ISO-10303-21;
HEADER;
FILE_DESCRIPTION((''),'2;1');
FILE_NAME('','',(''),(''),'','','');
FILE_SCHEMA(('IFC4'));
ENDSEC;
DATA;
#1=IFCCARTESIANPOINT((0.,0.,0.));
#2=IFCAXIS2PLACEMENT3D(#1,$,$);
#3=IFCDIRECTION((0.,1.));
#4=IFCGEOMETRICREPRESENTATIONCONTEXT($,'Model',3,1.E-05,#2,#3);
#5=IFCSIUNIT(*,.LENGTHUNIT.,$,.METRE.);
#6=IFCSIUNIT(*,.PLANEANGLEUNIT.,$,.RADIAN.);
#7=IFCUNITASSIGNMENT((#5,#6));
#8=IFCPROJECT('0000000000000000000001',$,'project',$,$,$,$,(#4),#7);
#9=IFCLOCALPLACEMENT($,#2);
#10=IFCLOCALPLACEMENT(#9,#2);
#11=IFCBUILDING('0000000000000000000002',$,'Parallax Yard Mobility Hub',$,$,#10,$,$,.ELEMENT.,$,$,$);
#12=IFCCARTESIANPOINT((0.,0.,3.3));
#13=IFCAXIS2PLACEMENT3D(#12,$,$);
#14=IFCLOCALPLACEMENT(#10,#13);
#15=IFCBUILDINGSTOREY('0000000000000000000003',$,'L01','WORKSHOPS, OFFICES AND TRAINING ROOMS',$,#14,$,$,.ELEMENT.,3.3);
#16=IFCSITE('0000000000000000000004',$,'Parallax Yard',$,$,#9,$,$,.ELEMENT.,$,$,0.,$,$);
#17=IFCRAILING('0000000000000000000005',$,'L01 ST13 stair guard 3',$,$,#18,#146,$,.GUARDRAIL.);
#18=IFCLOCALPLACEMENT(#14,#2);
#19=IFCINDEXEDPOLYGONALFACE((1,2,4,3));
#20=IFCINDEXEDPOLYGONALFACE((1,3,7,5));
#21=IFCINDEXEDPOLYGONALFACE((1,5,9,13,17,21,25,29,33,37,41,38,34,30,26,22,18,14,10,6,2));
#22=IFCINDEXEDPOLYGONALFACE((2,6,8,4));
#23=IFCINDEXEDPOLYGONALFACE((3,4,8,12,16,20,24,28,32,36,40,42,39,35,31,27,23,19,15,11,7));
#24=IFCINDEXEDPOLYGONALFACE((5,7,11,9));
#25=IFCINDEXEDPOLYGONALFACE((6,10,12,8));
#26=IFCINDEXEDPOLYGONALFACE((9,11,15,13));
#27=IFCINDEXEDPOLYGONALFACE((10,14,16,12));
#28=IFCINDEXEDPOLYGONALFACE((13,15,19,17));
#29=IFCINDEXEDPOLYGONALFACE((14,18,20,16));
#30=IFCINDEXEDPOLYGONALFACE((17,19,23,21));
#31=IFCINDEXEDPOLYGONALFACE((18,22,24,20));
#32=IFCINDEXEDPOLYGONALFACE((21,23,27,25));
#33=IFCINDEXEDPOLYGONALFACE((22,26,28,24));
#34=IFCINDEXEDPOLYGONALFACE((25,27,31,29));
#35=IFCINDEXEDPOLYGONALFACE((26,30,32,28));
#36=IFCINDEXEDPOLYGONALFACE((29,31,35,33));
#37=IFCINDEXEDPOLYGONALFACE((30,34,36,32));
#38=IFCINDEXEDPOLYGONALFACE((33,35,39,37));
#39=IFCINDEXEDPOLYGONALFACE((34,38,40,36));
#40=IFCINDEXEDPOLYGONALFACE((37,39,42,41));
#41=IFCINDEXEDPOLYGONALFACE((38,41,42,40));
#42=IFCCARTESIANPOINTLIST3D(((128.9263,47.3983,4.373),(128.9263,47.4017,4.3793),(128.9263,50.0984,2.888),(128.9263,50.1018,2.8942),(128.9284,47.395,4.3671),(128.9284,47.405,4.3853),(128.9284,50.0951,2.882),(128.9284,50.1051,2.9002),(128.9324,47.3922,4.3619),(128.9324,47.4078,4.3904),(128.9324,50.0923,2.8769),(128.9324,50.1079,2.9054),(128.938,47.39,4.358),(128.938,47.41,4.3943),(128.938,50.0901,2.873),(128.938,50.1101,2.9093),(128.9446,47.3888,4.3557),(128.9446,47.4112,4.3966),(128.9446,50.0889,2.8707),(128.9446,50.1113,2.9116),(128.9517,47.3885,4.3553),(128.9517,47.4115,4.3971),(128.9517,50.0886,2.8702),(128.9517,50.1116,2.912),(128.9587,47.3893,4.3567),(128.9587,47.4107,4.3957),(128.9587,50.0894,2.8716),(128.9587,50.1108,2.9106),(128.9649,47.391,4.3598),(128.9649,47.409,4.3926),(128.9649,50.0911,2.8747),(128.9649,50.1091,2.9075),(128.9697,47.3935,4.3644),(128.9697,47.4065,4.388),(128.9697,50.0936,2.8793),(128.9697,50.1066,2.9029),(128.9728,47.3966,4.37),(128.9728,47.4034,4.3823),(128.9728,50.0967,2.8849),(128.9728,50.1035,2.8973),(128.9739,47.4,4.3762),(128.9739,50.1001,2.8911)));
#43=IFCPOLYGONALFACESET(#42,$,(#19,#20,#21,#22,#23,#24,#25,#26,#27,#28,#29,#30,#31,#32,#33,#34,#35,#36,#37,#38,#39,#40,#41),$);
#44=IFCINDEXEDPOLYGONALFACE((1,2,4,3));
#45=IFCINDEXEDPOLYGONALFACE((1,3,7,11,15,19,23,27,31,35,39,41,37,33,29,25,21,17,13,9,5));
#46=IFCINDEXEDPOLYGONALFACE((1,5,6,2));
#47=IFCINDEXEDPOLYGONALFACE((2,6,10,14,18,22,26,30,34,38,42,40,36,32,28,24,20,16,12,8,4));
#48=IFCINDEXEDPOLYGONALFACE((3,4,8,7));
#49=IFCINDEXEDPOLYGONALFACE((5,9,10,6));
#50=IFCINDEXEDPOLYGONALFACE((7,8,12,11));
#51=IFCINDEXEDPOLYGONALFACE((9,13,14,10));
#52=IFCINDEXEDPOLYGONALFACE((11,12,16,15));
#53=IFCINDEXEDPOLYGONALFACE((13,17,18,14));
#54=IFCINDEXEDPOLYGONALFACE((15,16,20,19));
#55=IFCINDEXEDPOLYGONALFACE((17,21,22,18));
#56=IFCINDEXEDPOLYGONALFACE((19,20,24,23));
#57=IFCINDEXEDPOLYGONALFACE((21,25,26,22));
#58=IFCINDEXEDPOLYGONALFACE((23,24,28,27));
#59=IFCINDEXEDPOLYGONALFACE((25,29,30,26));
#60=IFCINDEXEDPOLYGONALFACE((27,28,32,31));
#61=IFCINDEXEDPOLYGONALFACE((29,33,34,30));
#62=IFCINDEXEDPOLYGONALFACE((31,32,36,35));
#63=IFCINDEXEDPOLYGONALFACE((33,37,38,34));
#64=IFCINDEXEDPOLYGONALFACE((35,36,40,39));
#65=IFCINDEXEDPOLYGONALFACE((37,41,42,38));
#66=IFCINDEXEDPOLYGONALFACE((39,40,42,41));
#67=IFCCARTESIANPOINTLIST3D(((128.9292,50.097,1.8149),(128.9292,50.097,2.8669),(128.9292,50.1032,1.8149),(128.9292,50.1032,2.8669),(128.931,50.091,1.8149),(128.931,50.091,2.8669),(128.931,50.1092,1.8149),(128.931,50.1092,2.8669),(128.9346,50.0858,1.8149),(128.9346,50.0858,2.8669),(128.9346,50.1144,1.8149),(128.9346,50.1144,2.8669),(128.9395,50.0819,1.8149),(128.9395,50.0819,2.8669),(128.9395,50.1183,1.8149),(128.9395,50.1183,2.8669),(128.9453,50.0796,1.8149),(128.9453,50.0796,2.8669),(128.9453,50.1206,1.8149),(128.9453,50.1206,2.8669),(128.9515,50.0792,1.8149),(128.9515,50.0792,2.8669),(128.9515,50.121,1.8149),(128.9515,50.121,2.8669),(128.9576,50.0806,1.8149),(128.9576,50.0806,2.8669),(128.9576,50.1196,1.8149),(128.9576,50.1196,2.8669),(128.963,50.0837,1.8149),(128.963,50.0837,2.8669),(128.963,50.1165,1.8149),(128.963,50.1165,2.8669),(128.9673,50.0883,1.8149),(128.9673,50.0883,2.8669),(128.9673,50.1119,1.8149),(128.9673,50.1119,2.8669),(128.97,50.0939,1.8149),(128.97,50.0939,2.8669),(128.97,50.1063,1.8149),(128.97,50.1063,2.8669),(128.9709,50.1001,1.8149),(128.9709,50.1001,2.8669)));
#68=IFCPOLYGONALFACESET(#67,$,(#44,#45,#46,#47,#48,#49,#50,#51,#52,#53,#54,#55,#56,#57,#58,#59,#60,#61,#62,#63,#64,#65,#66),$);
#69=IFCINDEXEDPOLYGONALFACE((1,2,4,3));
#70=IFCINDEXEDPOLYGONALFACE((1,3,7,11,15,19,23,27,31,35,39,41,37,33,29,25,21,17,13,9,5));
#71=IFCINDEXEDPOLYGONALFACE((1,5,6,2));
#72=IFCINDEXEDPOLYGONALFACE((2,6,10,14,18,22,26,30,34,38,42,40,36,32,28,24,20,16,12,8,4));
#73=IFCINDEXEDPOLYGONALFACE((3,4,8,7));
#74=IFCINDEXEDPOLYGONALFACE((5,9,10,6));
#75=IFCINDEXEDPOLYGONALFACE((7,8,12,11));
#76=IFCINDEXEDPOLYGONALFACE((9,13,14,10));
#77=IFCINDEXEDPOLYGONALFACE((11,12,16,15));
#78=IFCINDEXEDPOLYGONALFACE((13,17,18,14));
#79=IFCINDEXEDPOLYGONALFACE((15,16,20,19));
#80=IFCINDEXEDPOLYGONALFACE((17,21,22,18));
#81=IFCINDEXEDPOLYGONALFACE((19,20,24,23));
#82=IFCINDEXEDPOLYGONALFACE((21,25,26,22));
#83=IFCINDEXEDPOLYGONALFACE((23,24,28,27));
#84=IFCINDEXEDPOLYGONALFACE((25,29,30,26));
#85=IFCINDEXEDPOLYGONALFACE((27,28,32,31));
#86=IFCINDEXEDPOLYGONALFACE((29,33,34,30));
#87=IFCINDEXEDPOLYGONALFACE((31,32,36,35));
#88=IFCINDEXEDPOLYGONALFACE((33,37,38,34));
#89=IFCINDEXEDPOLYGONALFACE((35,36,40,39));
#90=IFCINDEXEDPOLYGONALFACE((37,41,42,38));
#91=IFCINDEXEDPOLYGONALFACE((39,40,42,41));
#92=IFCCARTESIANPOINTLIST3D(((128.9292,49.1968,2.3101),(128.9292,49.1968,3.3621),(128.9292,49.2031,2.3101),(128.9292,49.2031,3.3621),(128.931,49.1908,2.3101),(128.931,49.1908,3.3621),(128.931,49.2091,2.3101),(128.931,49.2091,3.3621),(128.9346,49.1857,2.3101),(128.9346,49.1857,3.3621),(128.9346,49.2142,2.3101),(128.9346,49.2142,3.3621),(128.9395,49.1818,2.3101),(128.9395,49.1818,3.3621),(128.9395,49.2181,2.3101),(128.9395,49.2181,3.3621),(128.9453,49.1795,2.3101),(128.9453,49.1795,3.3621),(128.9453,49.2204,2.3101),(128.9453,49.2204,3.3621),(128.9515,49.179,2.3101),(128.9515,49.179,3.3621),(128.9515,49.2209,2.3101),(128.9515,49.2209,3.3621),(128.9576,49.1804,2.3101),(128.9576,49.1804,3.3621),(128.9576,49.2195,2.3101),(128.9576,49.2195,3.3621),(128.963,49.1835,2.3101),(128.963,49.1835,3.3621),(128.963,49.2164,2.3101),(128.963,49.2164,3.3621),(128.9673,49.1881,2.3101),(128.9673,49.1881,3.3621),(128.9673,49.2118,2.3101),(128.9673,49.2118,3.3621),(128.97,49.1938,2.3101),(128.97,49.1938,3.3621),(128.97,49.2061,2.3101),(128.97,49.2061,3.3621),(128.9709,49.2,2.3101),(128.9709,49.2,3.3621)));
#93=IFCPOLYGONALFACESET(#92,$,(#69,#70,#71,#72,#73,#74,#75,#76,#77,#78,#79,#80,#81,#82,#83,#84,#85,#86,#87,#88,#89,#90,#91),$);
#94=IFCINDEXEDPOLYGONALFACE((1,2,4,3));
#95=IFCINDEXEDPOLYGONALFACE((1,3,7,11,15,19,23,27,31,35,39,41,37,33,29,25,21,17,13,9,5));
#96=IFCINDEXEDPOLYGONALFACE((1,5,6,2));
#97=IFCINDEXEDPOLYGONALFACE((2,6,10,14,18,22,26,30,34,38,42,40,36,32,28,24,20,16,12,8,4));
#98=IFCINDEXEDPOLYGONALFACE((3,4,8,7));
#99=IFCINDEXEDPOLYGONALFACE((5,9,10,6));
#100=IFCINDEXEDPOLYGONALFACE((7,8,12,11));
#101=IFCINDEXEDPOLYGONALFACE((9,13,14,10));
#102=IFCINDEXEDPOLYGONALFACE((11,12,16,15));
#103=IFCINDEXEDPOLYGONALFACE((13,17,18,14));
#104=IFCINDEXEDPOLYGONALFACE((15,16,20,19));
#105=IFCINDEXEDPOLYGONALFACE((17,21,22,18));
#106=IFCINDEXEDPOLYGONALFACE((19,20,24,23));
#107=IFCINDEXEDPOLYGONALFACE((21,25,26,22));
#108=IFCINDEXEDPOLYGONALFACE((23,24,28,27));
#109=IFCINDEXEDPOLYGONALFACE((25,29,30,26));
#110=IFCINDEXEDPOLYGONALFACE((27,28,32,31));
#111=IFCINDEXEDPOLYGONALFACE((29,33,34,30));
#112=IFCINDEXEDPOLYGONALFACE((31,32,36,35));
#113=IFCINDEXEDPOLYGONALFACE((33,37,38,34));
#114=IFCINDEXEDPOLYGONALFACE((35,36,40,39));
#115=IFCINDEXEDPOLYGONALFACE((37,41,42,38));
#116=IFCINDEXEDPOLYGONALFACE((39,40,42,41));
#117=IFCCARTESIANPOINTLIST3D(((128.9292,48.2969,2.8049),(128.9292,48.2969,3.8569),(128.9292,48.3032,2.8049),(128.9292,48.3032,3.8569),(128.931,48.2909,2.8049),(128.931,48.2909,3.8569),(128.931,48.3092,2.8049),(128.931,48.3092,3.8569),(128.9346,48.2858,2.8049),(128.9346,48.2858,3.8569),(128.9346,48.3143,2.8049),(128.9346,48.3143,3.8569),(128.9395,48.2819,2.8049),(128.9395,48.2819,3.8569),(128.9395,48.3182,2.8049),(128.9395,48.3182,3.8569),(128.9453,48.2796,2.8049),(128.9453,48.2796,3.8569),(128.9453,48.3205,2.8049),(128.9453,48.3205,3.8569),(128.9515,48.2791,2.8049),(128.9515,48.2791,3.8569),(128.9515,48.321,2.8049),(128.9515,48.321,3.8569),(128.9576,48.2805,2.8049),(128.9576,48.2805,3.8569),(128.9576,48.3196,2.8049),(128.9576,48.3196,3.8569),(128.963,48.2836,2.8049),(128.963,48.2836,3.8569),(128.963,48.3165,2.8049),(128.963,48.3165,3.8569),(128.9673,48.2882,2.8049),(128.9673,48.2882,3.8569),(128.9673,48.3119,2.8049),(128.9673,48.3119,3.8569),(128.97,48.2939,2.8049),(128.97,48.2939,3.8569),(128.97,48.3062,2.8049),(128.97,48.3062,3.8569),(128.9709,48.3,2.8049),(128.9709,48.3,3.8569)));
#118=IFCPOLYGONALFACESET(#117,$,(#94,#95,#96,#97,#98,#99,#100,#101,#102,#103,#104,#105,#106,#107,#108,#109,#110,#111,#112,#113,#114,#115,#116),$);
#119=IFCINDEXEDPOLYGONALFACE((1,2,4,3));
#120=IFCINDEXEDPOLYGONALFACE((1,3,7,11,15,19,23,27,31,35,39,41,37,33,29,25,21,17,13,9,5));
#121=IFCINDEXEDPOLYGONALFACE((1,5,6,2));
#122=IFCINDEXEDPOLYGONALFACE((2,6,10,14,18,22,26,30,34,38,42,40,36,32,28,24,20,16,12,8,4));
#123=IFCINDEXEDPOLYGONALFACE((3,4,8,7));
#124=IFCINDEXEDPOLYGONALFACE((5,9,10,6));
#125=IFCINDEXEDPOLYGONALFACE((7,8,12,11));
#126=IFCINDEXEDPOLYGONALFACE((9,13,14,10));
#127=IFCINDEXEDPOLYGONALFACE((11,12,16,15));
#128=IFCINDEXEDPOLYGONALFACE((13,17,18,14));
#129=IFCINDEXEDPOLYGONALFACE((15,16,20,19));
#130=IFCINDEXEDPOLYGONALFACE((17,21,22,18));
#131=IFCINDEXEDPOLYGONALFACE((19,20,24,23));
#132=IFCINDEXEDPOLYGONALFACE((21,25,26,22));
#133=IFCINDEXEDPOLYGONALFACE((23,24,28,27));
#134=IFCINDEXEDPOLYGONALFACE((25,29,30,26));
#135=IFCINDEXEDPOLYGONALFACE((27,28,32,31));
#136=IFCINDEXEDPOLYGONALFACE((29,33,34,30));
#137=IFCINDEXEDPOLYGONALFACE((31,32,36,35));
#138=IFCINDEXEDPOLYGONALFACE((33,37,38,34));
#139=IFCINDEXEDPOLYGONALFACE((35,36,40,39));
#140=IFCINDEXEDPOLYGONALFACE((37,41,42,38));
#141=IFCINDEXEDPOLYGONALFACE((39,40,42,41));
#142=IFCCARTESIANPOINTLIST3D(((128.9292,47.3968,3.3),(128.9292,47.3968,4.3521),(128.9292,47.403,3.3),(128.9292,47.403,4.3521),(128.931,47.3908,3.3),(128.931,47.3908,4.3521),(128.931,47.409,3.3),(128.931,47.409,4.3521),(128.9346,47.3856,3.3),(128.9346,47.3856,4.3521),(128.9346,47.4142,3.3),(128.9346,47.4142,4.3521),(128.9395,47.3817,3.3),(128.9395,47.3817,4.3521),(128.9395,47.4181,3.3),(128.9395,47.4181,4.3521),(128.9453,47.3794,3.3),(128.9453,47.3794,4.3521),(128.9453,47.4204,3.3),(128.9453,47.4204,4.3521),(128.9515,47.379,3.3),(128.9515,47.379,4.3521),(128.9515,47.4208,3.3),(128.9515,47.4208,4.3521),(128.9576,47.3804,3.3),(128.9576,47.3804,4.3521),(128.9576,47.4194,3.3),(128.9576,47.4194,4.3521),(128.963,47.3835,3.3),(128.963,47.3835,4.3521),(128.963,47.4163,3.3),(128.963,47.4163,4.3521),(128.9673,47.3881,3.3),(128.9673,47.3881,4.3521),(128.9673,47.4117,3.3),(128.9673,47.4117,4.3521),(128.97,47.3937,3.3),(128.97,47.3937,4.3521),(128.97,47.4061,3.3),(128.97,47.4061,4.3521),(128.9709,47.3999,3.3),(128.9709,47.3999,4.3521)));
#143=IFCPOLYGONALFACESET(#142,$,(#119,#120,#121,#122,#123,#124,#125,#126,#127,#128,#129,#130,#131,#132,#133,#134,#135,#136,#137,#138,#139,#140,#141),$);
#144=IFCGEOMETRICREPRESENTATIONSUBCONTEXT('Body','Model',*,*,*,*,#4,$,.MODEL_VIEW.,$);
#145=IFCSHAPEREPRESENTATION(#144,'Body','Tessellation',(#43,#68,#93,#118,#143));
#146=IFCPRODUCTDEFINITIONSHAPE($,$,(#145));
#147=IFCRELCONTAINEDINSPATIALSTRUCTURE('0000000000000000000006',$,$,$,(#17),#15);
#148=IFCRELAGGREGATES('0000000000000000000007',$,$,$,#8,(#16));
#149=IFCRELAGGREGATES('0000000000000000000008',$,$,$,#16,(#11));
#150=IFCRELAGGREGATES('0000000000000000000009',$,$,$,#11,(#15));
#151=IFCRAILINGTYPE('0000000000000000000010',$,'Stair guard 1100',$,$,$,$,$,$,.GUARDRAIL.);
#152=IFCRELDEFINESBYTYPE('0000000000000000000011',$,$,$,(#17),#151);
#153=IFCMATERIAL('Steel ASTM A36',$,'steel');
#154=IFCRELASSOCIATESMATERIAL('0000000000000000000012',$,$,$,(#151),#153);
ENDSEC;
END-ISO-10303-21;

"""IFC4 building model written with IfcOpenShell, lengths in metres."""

from ifc_helpers import new_model, si_unit, direction, frame, origin, origin_2d, place, context, subcontext, project, spatial, circle, extrude, material, type_object, element, save


model = new_model("IFC4")

# Units and contexts
model_context = context("Model", 3, precision=1e-05, world=origin(), true_north=direction((0.0, 1.0)))
body_context = subcontext(model_context, "Body", "Model", "MODEL_VIEW")
ifc_project = project(units=[si_unit("LENGTHUNIT", "METRE"), si_unit("PLANEANGLEUNIT", "RADIAN")], contexts=[model_context])

# Site, building, storey
site_placement = place(None, origin())
site = spatial("IfcSite", under=ifc_project, at=site_placement, Name="Parallax Yard", CompositionType="ELEMENT", RefElevation=0.0)
building_placement = place(site_placement, origin())
building = spatial("IfcBuilding", under=site, at=building_placement, Name="Parallax Yard Mobility Hub", CompositionType="ELEMENT")
storey_placement = place(building_placement, frame((0.0, 0.0, 3.3)))
storey = spatial("IfcBuildingStorey", under=building, at=storey_placement, Name="L01", Description="WORKSHOPS, OFFICES AND TRAINING ROOMS", CompositionType="ELEMENT", Elevation=3.3)

# Railing
ifc_material_1 = material(Name="Steel ASTM A36", Category="steel")
railing_type_1 = type_object("IfcRailingType", Name="Stair guard 1100", PredefinedType="GUARDRAIL", material=ifc_material_1)
railing_1_placement = place(storey_placement, frame((128.95, 50.1001, 1.8149)))
element("IfcRailing", 1, at=railing_1_placement, inside=storey, type_object=railing_type_1, Name="L01 ST13 stair guard 3", PredefinedType="GUARDRAIL", context=body_context, shape_type="SweptSolid", body=[
    extrude(circle(Radius=0.0239, at=origin_2d()), frame((0.0, 0.0, 1.0762), z_axis=(0.0, -0.876216, 0.481919), x_axis=(1.0, 0.0, 0.0)), (0.0, 0.0, 1.0), 3.0815),
    extrude(circle(Radius=0.021, at=origin_2d()), origin(), (0.0, 0.0, 1.0), 1.052),
    extrude(circle(Radius=0.021, at=origin_2d()), frame((0.0, -0.9001, 0.4951)), (0.0, 0.0, 1.0), 1.052),
    extrude(circle(Radius=0.021, at=origin_2d()), frame((0.0, -1.8, 0.99)), (0.0, 0.0, 1.0), 1.052),
    extrude(circle(Radius=0.021, at=origin_2d()), frame((0.0, -2.7002, 1.4851)), (0.0, 0.0, 1.0), 1.052),
])

save(model, "model.ifc")
